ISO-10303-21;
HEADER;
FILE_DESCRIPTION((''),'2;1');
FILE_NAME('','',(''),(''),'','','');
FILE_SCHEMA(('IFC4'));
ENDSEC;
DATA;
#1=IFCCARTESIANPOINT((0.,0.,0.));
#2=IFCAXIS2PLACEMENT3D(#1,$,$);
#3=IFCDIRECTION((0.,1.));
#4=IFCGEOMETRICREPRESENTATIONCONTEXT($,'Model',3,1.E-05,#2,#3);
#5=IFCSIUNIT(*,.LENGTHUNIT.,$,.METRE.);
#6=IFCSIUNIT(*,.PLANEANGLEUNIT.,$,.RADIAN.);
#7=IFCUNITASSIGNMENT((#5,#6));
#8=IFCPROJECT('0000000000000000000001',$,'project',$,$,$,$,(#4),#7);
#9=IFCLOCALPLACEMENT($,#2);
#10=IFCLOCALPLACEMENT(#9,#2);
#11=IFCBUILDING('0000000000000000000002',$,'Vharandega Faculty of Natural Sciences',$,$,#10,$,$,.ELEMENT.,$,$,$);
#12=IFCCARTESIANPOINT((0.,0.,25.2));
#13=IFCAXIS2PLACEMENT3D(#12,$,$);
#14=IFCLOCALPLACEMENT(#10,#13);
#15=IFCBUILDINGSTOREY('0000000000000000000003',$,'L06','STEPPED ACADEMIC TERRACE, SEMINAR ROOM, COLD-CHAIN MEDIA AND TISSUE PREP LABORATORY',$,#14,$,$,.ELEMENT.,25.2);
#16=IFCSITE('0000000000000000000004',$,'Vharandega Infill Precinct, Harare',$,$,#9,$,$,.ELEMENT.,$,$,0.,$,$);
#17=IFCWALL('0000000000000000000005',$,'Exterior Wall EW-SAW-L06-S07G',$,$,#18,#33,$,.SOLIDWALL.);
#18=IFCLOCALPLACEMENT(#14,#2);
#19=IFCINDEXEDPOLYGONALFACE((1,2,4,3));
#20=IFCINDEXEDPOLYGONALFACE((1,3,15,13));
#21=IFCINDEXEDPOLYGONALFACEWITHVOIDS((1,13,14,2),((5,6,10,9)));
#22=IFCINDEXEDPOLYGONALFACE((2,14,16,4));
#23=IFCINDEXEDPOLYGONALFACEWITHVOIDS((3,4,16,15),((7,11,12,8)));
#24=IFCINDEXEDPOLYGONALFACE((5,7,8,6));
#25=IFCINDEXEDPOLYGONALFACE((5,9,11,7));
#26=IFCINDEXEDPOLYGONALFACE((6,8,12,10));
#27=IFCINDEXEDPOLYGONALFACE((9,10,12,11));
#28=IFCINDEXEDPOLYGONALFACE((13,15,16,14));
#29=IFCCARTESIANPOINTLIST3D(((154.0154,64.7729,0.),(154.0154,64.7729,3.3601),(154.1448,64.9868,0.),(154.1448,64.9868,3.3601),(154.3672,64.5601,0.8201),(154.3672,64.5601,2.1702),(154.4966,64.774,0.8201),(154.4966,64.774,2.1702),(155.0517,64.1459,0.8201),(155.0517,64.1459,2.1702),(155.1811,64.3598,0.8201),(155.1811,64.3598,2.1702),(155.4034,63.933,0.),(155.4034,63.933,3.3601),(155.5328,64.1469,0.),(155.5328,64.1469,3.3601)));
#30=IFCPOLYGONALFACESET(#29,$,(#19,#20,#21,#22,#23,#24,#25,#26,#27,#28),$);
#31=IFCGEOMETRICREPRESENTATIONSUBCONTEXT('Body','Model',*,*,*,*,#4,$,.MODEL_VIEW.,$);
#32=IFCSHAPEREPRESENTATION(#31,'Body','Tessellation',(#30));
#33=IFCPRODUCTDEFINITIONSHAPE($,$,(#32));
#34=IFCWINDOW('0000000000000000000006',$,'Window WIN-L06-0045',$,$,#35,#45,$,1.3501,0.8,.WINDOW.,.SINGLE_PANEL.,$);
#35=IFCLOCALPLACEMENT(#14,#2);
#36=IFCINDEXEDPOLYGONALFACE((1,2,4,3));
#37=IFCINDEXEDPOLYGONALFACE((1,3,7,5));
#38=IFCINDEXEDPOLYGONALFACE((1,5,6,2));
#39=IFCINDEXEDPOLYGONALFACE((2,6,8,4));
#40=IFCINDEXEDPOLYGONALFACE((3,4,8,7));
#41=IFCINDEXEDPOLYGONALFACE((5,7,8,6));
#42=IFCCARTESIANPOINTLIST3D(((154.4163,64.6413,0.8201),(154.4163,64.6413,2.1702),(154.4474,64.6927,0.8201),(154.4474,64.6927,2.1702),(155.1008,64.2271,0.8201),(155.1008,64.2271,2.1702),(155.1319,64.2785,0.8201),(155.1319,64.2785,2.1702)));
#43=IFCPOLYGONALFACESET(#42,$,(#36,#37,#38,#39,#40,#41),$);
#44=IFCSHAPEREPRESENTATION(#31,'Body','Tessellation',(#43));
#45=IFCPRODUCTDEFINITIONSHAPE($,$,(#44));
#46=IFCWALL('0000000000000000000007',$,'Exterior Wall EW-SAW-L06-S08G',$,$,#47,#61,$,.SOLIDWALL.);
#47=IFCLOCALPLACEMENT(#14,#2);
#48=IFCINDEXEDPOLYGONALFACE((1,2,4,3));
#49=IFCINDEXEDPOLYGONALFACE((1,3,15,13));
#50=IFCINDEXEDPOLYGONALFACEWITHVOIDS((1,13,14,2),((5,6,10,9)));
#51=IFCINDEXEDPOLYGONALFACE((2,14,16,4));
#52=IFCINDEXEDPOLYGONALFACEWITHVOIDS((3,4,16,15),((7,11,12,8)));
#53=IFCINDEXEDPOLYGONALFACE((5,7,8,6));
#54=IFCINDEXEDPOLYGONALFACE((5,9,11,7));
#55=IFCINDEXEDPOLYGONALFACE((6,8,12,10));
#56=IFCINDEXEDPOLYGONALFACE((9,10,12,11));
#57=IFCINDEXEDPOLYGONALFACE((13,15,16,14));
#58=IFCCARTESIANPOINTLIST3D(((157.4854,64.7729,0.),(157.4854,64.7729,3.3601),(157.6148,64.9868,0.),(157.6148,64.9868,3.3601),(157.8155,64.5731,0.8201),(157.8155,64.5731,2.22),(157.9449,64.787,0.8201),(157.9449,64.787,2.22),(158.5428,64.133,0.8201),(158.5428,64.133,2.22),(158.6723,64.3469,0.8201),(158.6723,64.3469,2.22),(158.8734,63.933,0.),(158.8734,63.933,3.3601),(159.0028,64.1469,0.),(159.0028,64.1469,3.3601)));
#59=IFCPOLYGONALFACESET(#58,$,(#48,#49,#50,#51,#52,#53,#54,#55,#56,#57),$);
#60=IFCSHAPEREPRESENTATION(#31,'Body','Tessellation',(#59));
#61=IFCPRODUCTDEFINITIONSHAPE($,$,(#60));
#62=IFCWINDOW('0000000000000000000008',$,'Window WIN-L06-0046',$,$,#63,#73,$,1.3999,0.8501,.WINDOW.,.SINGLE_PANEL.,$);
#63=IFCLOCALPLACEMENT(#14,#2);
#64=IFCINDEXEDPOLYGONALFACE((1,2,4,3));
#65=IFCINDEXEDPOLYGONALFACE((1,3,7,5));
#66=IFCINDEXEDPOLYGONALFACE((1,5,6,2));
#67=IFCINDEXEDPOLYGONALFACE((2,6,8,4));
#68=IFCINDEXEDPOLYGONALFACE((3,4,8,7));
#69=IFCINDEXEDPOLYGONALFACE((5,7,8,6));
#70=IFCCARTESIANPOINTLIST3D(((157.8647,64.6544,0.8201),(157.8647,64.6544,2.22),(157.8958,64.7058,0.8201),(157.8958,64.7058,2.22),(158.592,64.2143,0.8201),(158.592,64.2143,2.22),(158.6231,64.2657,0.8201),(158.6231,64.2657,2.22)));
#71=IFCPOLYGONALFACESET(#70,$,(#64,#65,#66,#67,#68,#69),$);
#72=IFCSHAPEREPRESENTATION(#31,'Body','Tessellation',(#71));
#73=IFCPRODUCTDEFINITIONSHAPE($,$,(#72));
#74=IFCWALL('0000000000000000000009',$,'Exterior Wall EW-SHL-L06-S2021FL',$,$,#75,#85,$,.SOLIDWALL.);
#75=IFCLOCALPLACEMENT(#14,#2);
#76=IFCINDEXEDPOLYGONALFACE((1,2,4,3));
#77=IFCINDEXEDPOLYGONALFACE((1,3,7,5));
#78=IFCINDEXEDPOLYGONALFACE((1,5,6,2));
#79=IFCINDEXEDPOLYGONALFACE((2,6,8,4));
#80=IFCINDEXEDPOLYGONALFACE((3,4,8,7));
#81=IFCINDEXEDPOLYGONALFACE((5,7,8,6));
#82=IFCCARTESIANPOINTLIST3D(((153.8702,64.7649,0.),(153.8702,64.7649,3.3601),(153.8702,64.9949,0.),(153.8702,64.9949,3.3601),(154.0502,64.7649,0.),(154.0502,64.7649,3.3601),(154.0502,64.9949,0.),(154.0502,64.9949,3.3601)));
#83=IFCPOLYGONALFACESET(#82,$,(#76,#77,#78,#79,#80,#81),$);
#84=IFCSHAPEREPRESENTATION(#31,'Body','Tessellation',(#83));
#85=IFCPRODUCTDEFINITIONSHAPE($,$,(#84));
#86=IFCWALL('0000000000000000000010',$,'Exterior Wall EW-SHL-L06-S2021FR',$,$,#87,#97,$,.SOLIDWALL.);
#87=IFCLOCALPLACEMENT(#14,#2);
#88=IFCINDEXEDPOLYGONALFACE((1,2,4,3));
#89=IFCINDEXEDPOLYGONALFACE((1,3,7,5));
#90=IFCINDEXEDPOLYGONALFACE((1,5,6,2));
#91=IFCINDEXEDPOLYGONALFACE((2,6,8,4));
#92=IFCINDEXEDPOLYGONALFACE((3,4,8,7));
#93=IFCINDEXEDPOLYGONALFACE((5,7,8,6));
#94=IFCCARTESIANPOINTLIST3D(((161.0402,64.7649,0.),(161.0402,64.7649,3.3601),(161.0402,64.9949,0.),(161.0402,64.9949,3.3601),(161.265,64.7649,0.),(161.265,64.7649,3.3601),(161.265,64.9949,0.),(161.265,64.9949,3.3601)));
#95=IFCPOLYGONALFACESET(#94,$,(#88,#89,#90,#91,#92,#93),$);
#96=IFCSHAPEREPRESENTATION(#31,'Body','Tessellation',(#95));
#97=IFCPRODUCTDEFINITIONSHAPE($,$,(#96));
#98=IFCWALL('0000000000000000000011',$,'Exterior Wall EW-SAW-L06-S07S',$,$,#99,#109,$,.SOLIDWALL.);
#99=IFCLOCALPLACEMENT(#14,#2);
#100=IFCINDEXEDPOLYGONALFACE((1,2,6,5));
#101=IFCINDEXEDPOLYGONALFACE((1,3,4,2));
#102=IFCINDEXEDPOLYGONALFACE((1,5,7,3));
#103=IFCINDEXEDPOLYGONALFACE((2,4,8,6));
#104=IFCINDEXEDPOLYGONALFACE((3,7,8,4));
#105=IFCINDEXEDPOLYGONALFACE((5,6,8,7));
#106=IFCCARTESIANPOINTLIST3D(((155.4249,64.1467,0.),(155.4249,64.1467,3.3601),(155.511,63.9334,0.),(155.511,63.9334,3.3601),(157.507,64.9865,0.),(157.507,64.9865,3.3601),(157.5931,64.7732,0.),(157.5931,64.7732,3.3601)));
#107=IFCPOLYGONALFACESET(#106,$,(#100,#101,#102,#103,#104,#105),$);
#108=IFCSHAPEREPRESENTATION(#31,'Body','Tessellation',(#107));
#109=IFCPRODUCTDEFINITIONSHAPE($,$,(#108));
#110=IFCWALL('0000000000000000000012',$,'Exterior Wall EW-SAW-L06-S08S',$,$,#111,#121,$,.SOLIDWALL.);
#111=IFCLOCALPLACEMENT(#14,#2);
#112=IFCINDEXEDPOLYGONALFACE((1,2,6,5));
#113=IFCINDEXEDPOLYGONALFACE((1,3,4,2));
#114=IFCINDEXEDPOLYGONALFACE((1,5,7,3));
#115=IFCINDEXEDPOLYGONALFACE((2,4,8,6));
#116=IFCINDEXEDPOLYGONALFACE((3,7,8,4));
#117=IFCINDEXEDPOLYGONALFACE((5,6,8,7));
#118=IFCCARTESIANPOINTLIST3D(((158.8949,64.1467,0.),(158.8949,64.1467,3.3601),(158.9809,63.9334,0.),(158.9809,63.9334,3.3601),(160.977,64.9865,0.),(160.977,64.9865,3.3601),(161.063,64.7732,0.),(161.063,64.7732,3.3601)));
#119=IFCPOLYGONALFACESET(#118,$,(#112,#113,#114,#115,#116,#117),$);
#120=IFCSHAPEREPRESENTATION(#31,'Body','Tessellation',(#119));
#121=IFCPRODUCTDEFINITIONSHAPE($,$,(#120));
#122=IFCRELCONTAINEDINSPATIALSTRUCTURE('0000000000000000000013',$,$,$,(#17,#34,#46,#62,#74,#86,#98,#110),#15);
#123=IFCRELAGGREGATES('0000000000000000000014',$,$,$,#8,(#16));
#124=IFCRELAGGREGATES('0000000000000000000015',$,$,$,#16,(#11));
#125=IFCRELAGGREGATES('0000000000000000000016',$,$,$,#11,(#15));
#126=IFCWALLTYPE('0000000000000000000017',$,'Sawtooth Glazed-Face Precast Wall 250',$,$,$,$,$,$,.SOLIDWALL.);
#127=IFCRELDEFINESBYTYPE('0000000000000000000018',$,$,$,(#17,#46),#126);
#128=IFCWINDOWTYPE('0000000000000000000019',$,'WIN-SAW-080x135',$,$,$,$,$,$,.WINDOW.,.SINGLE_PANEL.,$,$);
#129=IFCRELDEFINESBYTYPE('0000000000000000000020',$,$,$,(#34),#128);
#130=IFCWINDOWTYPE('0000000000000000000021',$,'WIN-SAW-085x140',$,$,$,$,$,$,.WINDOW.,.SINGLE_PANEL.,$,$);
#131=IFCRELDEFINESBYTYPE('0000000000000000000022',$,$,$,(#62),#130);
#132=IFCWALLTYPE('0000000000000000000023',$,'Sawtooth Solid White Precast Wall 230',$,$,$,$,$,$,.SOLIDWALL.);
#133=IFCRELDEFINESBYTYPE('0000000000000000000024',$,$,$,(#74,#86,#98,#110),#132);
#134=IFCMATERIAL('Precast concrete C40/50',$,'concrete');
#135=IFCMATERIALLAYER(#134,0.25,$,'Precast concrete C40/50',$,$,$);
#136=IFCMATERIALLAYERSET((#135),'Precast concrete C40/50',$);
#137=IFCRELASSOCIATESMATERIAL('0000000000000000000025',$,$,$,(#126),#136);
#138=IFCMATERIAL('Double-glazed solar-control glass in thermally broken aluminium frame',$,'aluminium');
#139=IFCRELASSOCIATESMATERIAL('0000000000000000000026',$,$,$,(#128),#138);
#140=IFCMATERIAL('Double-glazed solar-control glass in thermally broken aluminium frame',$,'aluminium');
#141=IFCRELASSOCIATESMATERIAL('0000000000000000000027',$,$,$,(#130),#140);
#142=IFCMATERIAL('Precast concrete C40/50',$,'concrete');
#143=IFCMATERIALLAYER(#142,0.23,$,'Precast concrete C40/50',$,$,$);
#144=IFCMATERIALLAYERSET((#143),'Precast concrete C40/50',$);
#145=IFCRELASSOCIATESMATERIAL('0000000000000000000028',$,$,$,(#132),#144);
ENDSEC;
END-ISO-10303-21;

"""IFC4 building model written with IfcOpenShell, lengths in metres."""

from ifc_helpers import new_model, si_unit, direction, frame, frame_2d, origin, place, context, subcontext, project, spatial, rectangle, extrude, material, layer, layer_set, type_object, element, fill, save


model = new_model("IFC4")

# Units and contexts
model_context = context("Model", 3, precision=1e-05, world=origin(), true_north=direction((0.0, 1.0)))
body_context = subcontext(model_context, "Body", "Model", "MODEL_VIEW")
ifc_project = project(units=[si_unit("LENGTHUNIT", "METRE"), si_unit("PLANEANGLEUNIT", "RADIAN")], contexts=[model_context])

# Site, building, storey
site_placement = place(None, origin())
site = spatial("IfcSite", under=ifc_project, at=site_placement, Name="Vharandega Infill Precinct, Harare", CompositionType="ELEMENT", RefElevation=0.0)
building_placement = place(site_placement, origin())
building = spatial("IfcBuilding", under=site, at=building_placement, Name="Vharandega Faculty of Natural Sciences", CompositionType="ELEMENT")
storey_placement = place(building_placement, frame((0.0, 0.0, 25.2)))
storey = spatial("IfcBuildingStorey", under=building, at=storey_placement, Name="L06", Description="STEPPED ACADEMIC TERRACE, SEMINAR ROOM, COLD-CHAIN MEDIA AND TISSUE PREP LABORATORY", CompositionType="ELEMENT", Elevation=25.2)

# Walls, openings, windows
ifc_material_1 = material(Name="Precast concrete C40/50", Category="concrete")
ifc_layer_1 = layer(ifc_material_1, 0.25, Name="Precast concrete C40/50")
ifc_layer_set_1 = layer_set([ifc_layer_1], Name="Precast concrete C40/50")
wall_type_1 = type_object("IfcWallType", Name="Sawtooth Glazed-Face Precast Wall 250", PredefinedType="SOLIDWALL", material=ifc_layer_set_1)
wall_1_placement = place(storey_placement, frame((155.468, 64.04, 0.0), z_axis=(0.0, 0.0, 1.0), x_axis=(-0.855561, 0.517701, 0.0)))
wall_1 = element("IfcWall", 1, at=wall_1_placement, inside=storey, type_object=wall_type_1, Name="Exterior Wall EW-SAW-L06-S07G", PredefinedType="SOLIDWALL", context=body_context, shape_type="SweptSolid", body=[
    extrude(rectangle(XDim=1.6223, YDim=0.25, at=frame_2d((0.811, 0.0))), origin(), (0.0, 0.0, 1.0), 3.3601),
])
opening_1_placement = place(wall_1_placement, frame((0.4111, 0.0, 0.8201)))
opening_1 = element("IfcOpeningElement", 2, at=opening_1_placement, cuts=wall_1, PredefinedType="OPENING", context=body_context, shape_type="SweptSolid", body=[
    extrude(rectangle(XDim=0.8, YDim=1.3501, at=frame_2d((0.3999, 0.675))), frame((0.0, 0.135, 0.0), z_axis=(0.0, -1.0, 0.0), x_axis=(1.0, 0.0, 0.0)), (0.0, 0.0, 1.0), 0.27),
])
ifc_material_2 = material(Name="Double-glazed solar-control glass in thermally broken aluminium frame", Category="aluminium")
window_type_1 = type_object("IfcWindowType", Name="WIN-SAW-080x135", PartitioningType="SINGLE_PANEL", PredefinedType="WINDOW", material=ifc_material_2)
window_1_placement = place(opening_1_placement, origin())
window_1 = element("IfcWindow", 3, at=window_1_placement, inside=storey, type_object=window_type_1, Name="Window WIN-L06-0045", OverallHeight=1.3501, OverallWidth=0.8, PartitioningType="SINGLE_PANEL", PredefinedType="WINDOW", context=body_context, shape_type="SweptSolid", body=[
    extrude(rectangle(XDim=0.8, YDim=1.3501, at=frame_2d((0.3999, 0.675))), frame((0.0, 0.03, 0.0), z_axis=(0.0, -1.0, 0.0), x_axis=(1.0, 0.0, 0.0)), (0.0, 0.0, 1.0), 0.0601),
])
fill(opening_1, window_1)
wall_2_placement = place(storey_placement, frame((158.938, 64.04, 0.0), z_axis=(0.0, 0.0, 1.0), x_axis=(-0.855561, 0.517701, 0.0)))
wall_2 = element("IfcWall", 4, at=wall_2_placement, inside=storey, type_object=wall_type_1, Name="Exterior Wall EW-SAW-L06-S08G", PredefinedType="SOLIDWALL", context=body_context, shape_type="SweptSolid", body=[
    extrude(rectangle(XDim=1.6223, YDim=0.25, at=frame_2d((0.811, 0.0))), origin(), (0.0, 0.0, 1.0), 3.3601),
])
opening_2_placement = place(wall_2_placement, frame((0.3862, 0.0, 0.8201)))
opening_2 = element("IfcOpeningElement", 5, at=opening_2_placement, cuts=wall_2, PredefinedType="OPENING", context=body_context, shape_type="SweptSolid", body=[
    extrude(rectangle(XDim=0.8501, YDim=1.3999, at=frame_2d((0.425, 0.7))), frame((0.0, 0.135, 0.0), z_axis=(0.0, -1.0, 0.0), x_axis=(1.0, 0.0, 0.0)), (0.0, 0.0, 1.0), 0.27),
])
ifc_material_3 = material(Name="Double-glazed solar-control glass in thermally broken aluminium frame", Category="aluminium")
window_type_2 = type_object("IfcWindowType", Name="WIN-SAW-085x140", PartitioningType="SINGLE_PANEL", PredefinedType="WINDOW", material=ifc_material_3)
window_2_placement = place(opening_2_placement, origin())
window_2 = element("IfcWindow", 6, at=window_2_placement, inside=storey, type_object=window_type_2, Name="Window WIN-L06-0046", OverallHeight=1.3999, OverallWidth=0.8501, PartitioningType="SINGLE_PANEL", PredefinedType="WINDOW", context=body_context, shape_type="SweptSolid", body=[
    extrude(rectangle(XDim=0.8501, YDim=1.3999, at=frame_2d((0.425, 0.7))), frame((0.0, 0.03, 0.0), z_axis=(0.0, -1.0, 0.0), x_axis=(1.0, 0.0, 0.0)), (0.0, 0.0, 1.0), 0.0601),
])
fill(opening_2, window_2)

# Walls
ifc_material_4 = material(Name="Precast concrete C40/50", Category="concrete")
ifc_layer_2 = layer(ifc_material_4, 0.23, Name="Precast concrete C40/50")
ifc_layer_set_2 = layer_set([ifc_layer_2], Name="Precast concrete C40/50")
wall_type_2 = type_object("IfcWallType", Name="Sawtooth Solid White Precast Wall 230", PredefinedType="SOLIDWALL", material=ifc_layer_set_2)
wall_3_placement = place(storey_placement, frame((154.05, 64.8799, 0.0), z_axis=(0.0, 0.0, 1.0), x_axis=(-1.0, 0.0, 0.0)))
element("IfcWall", 7, at=wall_3_placement, inside=storey, type_object=wall_type_2, Name="Exterior Wall EW-SHL-L06-S2021FL", PredefinedType="SOLIDWALL", context=body_context, shape_type="SweptSolid", body=[
    extrude(rectangle(XDim=0.1799, YDim=0.23, at=frame_2d((0.0898, 0.0))), origin(), (0.0, 0.0, 1.0), 3.3601),
])
wall_4_placement = place(storey_placement, frame((161.2649, 64.8799, 0.0), z_axis=(0.0, 0.0, 1.0), x_axis=(-1.0, 0.0, 0.0)))
element("IfcWall", 8, at=wall_4_placement, inside=storey, type_object=wall_type_2, Name="Exterior Wall EW-SHL-L06-S2021FR", PredefinedType="SOLIDWALL", context=body_context, shape_type="SweptSolid", body=[
    extrude(rectangle(XDim=0.2249, YDim=0.23, at=frame_2d((0.1123, 0.0))), origin(), (0.0, 0.0, 1.0), 3.3601),
])
for number, where, z_axis, x_axis, name in (
    (9, (157.55, 64.8799, 0.0), (0.0, 0.0, 1.0), (-0.927393, -0.374089, 0.0), "Exterior Wall EW-SAW-L06-S07S"),
    (10, (161.02, 64.8799, 0.0), (0.0, 0.0, 1.0), (-0.927393, -0.374089, 0.0), "Exterior Wall EW-SAW-L06-S08S"),
):
    element("IfcWall", number, at=place(storey_placement, frame(where, z_axis=z_axis, x_axis=x_axis)), inside=storey, type_object=wall_type_2, Name=name, PredefinedType="SOLIDWALL", context=body_context, shape_type="SweptSolid", body=[
        extrude(rectangle(XDim=2.2451, YDim=0.23, at=frame_2d((1.1226, 0.0))), origin(), (0.0, 0.0, 1.0), 3.3601),
    ])

save(model, "model.ifc")
